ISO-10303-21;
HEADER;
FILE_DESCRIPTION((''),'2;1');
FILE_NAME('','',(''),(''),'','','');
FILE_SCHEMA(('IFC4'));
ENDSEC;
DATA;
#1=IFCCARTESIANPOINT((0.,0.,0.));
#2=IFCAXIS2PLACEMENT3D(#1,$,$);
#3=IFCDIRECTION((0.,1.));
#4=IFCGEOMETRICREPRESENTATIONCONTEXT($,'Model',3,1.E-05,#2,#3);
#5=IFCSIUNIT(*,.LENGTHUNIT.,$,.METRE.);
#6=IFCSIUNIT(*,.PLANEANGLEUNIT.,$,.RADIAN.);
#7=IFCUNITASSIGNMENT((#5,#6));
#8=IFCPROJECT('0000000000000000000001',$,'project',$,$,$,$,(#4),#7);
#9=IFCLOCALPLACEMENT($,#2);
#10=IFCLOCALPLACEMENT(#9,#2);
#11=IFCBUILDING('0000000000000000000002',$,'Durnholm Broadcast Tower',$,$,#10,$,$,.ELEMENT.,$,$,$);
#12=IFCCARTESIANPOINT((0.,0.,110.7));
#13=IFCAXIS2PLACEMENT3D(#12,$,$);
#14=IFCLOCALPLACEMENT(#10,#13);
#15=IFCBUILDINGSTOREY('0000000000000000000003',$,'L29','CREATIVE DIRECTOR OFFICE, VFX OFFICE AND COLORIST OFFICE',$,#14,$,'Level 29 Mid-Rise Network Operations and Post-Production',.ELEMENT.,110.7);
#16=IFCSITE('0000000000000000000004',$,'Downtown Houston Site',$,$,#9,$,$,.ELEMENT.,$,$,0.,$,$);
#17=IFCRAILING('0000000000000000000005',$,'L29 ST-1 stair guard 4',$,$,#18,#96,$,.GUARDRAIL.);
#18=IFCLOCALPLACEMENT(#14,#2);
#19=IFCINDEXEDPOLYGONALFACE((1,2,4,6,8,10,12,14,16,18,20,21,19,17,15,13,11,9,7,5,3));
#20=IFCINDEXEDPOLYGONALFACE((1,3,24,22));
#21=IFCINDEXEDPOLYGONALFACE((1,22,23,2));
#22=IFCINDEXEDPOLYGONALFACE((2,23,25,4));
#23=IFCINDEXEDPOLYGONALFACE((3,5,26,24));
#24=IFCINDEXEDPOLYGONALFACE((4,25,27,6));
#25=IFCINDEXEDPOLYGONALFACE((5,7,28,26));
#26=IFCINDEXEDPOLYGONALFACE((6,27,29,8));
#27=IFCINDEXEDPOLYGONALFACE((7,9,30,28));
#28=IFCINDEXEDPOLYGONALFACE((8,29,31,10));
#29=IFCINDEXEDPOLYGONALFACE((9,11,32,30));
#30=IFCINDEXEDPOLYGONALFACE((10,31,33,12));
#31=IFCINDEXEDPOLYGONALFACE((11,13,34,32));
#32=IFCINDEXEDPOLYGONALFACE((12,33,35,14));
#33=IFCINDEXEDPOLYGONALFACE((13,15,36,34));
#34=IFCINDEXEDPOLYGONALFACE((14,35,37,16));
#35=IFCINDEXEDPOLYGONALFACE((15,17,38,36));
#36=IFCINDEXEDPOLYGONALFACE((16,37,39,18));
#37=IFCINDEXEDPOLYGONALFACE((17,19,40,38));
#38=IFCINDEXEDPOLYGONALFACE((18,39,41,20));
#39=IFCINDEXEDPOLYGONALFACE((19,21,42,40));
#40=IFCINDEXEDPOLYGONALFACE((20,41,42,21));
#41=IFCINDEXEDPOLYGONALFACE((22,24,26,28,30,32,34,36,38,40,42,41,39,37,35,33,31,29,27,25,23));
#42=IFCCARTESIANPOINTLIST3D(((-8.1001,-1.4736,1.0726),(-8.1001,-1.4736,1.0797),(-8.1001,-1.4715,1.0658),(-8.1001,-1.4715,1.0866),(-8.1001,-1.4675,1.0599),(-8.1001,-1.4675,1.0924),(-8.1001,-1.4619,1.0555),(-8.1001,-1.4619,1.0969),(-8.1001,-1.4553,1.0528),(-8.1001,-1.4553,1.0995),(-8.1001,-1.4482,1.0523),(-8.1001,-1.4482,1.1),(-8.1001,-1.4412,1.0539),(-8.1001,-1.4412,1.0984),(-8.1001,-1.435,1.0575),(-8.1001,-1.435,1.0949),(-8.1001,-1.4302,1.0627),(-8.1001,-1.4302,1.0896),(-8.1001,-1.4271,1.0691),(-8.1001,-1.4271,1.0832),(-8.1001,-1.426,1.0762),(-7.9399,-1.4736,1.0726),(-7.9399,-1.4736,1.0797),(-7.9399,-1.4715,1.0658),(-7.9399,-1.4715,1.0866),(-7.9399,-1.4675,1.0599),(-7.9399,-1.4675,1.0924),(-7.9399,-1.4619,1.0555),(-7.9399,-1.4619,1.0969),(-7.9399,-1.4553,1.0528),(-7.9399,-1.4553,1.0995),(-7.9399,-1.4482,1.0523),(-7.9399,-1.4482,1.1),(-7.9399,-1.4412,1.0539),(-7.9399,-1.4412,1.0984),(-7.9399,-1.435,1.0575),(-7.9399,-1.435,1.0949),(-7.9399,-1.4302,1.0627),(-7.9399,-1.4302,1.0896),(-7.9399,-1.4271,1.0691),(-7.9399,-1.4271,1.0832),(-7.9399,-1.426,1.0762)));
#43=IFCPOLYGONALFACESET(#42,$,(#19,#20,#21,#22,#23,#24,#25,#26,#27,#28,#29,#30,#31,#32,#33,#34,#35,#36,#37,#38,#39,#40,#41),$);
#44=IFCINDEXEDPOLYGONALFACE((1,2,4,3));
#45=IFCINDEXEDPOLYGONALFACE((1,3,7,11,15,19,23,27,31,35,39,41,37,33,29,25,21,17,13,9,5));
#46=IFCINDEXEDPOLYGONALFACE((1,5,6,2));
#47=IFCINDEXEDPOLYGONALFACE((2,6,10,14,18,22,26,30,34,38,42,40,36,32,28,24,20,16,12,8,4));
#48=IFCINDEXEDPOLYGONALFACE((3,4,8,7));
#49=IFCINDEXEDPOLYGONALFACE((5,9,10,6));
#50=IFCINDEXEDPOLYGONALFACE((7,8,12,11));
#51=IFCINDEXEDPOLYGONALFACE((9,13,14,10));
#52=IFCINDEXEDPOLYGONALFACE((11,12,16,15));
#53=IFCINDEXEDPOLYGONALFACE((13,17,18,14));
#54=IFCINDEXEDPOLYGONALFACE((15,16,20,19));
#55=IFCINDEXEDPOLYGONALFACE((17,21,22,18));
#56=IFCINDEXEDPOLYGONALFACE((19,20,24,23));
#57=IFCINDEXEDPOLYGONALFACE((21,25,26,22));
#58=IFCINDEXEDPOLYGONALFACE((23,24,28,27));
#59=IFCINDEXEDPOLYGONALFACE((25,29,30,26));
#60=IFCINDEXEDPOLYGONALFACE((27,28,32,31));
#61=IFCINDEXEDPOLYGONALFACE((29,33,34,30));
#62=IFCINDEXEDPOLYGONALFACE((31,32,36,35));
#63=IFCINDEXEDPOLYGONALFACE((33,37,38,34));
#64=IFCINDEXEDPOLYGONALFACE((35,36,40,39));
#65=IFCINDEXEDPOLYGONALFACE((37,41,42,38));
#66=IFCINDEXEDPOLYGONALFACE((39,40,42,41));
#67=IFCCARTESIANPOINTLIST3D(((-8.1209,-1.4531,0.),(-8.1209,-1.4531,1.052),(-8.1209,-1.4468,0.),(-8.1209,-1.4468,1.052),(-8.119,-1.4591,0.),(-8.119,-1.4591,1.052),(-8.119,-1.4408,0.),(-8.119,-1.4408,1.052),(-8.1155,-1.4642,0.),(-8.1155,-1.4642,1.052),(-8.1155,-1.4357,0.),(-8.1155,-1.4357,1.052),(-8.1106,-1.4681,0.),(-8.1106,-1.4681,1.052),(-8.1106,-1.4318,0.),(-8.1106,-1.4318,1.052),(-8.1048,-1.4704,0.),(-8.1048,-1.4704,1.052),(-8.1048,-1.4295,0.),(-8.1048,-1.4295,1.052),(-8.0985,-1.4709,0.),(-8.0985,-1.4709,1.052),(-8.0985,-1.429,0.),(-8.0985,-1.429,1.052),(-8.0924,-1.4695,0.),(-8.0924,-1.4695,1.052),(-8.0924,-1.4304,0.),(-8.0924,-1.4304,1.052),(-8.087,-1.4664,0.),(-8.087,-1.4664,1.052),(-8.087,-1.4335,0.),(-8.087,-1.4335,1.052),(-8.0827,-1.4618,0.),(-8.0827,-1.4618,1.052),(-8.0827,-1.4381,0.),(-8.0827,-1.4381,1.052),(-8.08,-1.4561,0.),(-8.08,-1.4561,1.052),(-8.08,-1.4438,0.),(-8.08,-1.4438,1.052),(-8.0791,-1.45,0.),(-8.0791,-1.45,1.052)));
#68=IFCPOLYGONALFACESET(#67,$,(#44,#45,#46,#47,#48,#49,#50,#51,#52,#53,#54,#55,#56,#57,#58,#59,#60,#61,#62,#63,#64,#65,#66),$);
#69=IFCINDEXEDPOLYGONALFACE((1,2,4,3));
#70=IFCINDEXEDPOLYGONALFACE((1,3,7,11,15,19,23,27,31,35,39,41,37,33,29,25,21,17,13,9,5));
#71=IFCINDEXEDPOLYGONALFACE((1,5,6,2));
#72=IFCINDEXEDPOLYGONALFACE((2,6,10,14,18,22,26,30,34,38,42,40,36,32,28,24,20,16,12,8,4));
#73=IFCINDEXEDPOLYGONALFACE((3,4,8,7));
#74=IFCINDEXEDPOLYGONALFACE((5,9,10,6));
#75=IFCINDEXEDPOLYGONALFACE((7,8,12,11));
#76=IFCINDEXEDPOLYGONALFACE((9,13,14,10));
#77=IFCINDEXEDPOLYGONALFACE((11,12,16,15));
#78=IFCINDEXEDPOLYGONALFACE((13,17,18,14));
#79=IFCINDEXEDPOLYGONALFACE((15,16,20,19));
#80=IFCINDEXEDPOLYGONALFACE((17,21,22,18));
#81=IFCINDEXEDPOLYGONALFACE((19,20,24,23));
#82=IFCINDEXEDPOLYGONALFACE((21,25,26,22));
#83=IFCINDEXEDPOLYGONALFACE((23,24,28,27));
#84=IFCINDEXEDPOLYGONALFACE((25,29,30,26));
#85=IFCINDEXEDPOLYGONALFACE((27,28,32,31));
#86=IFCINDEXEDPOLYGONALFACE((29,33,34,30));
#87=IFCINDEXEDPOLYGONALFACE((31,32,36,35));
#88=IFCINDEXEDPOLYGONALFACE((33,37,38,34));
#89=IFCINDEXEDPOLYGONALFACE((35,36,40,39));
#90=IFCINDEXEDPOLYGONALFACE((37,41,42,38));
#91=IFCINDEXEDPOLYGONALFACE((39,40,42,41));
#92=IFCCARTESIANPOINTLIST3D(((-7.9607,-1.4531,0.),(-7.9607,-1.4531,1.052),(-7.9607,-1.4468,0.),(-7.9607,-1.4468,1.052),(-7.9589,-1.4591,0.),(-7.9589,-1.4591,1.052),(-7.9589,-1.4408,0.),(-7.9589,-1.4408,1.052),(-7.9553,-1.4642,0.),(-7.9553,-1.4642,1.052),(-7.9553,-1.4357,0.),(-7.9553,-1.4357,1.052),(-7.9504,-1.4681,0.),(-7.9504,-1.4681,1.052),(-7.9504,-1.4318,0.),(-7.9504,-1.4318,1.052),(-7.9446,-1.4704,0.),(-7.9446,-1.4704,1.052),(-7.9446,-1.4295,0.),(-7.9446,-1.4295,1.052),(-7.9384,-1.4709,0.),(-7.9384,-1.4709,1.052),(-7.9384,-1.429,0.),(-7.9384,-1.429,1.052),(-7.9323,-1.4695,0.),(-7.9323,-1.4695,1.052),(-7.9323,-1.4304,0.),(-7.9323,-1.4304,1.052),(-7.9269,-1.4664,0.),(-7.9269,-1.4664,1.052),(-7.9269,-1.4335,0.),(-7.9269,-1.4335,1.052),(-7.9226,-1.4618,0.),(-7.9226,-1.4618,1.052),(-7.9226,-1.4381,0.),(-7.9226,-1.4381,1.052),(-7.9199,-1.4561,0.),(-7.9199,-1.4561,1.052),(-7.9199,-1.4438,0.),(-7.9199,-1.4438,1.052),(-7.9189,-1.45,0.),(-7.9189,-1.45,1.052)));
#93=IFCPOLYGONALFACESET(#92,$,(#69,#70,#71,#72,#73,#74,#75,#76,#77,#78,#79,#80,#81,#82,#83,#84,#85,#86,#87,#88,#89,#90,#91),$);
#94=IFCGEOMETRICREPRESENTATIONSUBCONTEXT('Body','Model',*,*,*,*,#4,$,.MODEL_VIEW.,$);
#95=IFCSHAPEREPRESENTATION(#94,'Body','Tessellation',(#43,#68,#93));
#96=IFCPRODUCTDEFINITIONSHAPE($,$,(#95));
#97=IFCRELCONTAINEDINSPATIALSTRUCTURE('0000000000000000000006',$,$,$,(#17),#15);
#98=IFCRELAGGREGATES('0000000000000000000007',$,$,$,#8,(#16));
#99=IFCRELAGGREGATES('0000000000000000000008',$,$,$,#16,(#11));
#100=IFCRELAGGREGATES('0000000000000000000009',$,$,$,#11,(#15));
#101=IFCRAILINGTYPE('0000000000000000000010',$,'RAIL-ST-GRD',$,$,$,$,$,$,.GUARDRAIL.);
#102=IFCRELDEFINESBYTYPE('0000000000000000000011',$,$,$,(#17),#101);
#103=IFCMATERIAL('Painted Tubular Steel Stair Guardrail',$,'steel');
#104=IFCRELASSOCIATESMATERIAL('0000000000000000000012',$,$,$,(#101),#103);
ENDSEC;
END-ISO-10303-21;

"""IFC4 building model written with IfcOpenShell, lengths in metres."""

from ifc_helpers import new_model, si_unit, direction, frame, origin, origin_2d, place, context, subcontext, project, spatial, circle, extrude, material, type_object, element, save


model = new_model("IFC4")

# Units and contexts
model_context = context("Model", 3, precision=1e-05, world=origin(), true_north=direction((0.0, 1.0)))
body_context = subcontext(model_context, "Body", "Model", "MODEL_VIEW")
ifc_project = project(units=[si_unit("LENGTHUNIT", "METRE"), si_unit("PLANEANGLEUNIT", "RADIAN")], contexts=[model_context])

# Site, building, storey
site_placement = place(None, origin())
site = spatial("IfcSite", under=ifc_project, at=site_placement, Name="Downtown Houston Site", CompositionType="ELEMENT", RefElevation=0.0)
building_placement = place(site_placement, origin())
building = spatial("IfcBuilding", under=site, at=building_placement, Name="Durnholm Broadcast Tower", CompositionType="ELEMENT")
storey_placement = place(building_placement, frame((0.0, 0.0, 110.7)))
storey = spatial("IfcBuildingStorey", under=building, at=storey_placement, Name="L29", Description="CREATIVE DIRECTOR OFFICE, VFX OFFICE AND COLORIST OFFICE", LongName="Level 29 Mid-Rise Network Operations and Post-Production", CompositionType="ELEMENT", Elevation=110.7)

# Railing
ifc_material_1 = material(Name="Painted Tubular Steel Stair Guardrail", Category="steel")
railing_type_1 = type_object("IfcRailingType", Name="RAIL-ST-GRD", PredefinedType="GUARDRAIL", material=ifc_material_1)
railing_1_placement = place(storey_placement, frame((-8.1001, -1.45, 0.0)))
element("IfcRailing", 1, at=railing_1_placement, inside=storey, type_object=railing_type_1, Name="L29 ST-1 stair guard 4", PredefinedType="GUARDRAIL", context=body_context, shape_type="SweptSolid", body=[
    extrude(circle(Radius=0.0239, at=origin_2d()), frame((0.0, 0.0, 1.0762), z_axis=(1.0, 0.0, 0.0), x_axis=(0.0, 1.0, 0.0)), (0.0, 0.0, 1.0), 0.1602),
    extrude(circle(Radius=0.021, at=origin_2d()), origin(), (0.0, 0.0, 1.0), 1.052),
    extrude(circle(Radius=0.021, at=origin_2d()), frame((0.1602, 0.0, 0.0)), (0.0, 0.0, 1.0), 1.052),
])

save(model, "model.ifc")
